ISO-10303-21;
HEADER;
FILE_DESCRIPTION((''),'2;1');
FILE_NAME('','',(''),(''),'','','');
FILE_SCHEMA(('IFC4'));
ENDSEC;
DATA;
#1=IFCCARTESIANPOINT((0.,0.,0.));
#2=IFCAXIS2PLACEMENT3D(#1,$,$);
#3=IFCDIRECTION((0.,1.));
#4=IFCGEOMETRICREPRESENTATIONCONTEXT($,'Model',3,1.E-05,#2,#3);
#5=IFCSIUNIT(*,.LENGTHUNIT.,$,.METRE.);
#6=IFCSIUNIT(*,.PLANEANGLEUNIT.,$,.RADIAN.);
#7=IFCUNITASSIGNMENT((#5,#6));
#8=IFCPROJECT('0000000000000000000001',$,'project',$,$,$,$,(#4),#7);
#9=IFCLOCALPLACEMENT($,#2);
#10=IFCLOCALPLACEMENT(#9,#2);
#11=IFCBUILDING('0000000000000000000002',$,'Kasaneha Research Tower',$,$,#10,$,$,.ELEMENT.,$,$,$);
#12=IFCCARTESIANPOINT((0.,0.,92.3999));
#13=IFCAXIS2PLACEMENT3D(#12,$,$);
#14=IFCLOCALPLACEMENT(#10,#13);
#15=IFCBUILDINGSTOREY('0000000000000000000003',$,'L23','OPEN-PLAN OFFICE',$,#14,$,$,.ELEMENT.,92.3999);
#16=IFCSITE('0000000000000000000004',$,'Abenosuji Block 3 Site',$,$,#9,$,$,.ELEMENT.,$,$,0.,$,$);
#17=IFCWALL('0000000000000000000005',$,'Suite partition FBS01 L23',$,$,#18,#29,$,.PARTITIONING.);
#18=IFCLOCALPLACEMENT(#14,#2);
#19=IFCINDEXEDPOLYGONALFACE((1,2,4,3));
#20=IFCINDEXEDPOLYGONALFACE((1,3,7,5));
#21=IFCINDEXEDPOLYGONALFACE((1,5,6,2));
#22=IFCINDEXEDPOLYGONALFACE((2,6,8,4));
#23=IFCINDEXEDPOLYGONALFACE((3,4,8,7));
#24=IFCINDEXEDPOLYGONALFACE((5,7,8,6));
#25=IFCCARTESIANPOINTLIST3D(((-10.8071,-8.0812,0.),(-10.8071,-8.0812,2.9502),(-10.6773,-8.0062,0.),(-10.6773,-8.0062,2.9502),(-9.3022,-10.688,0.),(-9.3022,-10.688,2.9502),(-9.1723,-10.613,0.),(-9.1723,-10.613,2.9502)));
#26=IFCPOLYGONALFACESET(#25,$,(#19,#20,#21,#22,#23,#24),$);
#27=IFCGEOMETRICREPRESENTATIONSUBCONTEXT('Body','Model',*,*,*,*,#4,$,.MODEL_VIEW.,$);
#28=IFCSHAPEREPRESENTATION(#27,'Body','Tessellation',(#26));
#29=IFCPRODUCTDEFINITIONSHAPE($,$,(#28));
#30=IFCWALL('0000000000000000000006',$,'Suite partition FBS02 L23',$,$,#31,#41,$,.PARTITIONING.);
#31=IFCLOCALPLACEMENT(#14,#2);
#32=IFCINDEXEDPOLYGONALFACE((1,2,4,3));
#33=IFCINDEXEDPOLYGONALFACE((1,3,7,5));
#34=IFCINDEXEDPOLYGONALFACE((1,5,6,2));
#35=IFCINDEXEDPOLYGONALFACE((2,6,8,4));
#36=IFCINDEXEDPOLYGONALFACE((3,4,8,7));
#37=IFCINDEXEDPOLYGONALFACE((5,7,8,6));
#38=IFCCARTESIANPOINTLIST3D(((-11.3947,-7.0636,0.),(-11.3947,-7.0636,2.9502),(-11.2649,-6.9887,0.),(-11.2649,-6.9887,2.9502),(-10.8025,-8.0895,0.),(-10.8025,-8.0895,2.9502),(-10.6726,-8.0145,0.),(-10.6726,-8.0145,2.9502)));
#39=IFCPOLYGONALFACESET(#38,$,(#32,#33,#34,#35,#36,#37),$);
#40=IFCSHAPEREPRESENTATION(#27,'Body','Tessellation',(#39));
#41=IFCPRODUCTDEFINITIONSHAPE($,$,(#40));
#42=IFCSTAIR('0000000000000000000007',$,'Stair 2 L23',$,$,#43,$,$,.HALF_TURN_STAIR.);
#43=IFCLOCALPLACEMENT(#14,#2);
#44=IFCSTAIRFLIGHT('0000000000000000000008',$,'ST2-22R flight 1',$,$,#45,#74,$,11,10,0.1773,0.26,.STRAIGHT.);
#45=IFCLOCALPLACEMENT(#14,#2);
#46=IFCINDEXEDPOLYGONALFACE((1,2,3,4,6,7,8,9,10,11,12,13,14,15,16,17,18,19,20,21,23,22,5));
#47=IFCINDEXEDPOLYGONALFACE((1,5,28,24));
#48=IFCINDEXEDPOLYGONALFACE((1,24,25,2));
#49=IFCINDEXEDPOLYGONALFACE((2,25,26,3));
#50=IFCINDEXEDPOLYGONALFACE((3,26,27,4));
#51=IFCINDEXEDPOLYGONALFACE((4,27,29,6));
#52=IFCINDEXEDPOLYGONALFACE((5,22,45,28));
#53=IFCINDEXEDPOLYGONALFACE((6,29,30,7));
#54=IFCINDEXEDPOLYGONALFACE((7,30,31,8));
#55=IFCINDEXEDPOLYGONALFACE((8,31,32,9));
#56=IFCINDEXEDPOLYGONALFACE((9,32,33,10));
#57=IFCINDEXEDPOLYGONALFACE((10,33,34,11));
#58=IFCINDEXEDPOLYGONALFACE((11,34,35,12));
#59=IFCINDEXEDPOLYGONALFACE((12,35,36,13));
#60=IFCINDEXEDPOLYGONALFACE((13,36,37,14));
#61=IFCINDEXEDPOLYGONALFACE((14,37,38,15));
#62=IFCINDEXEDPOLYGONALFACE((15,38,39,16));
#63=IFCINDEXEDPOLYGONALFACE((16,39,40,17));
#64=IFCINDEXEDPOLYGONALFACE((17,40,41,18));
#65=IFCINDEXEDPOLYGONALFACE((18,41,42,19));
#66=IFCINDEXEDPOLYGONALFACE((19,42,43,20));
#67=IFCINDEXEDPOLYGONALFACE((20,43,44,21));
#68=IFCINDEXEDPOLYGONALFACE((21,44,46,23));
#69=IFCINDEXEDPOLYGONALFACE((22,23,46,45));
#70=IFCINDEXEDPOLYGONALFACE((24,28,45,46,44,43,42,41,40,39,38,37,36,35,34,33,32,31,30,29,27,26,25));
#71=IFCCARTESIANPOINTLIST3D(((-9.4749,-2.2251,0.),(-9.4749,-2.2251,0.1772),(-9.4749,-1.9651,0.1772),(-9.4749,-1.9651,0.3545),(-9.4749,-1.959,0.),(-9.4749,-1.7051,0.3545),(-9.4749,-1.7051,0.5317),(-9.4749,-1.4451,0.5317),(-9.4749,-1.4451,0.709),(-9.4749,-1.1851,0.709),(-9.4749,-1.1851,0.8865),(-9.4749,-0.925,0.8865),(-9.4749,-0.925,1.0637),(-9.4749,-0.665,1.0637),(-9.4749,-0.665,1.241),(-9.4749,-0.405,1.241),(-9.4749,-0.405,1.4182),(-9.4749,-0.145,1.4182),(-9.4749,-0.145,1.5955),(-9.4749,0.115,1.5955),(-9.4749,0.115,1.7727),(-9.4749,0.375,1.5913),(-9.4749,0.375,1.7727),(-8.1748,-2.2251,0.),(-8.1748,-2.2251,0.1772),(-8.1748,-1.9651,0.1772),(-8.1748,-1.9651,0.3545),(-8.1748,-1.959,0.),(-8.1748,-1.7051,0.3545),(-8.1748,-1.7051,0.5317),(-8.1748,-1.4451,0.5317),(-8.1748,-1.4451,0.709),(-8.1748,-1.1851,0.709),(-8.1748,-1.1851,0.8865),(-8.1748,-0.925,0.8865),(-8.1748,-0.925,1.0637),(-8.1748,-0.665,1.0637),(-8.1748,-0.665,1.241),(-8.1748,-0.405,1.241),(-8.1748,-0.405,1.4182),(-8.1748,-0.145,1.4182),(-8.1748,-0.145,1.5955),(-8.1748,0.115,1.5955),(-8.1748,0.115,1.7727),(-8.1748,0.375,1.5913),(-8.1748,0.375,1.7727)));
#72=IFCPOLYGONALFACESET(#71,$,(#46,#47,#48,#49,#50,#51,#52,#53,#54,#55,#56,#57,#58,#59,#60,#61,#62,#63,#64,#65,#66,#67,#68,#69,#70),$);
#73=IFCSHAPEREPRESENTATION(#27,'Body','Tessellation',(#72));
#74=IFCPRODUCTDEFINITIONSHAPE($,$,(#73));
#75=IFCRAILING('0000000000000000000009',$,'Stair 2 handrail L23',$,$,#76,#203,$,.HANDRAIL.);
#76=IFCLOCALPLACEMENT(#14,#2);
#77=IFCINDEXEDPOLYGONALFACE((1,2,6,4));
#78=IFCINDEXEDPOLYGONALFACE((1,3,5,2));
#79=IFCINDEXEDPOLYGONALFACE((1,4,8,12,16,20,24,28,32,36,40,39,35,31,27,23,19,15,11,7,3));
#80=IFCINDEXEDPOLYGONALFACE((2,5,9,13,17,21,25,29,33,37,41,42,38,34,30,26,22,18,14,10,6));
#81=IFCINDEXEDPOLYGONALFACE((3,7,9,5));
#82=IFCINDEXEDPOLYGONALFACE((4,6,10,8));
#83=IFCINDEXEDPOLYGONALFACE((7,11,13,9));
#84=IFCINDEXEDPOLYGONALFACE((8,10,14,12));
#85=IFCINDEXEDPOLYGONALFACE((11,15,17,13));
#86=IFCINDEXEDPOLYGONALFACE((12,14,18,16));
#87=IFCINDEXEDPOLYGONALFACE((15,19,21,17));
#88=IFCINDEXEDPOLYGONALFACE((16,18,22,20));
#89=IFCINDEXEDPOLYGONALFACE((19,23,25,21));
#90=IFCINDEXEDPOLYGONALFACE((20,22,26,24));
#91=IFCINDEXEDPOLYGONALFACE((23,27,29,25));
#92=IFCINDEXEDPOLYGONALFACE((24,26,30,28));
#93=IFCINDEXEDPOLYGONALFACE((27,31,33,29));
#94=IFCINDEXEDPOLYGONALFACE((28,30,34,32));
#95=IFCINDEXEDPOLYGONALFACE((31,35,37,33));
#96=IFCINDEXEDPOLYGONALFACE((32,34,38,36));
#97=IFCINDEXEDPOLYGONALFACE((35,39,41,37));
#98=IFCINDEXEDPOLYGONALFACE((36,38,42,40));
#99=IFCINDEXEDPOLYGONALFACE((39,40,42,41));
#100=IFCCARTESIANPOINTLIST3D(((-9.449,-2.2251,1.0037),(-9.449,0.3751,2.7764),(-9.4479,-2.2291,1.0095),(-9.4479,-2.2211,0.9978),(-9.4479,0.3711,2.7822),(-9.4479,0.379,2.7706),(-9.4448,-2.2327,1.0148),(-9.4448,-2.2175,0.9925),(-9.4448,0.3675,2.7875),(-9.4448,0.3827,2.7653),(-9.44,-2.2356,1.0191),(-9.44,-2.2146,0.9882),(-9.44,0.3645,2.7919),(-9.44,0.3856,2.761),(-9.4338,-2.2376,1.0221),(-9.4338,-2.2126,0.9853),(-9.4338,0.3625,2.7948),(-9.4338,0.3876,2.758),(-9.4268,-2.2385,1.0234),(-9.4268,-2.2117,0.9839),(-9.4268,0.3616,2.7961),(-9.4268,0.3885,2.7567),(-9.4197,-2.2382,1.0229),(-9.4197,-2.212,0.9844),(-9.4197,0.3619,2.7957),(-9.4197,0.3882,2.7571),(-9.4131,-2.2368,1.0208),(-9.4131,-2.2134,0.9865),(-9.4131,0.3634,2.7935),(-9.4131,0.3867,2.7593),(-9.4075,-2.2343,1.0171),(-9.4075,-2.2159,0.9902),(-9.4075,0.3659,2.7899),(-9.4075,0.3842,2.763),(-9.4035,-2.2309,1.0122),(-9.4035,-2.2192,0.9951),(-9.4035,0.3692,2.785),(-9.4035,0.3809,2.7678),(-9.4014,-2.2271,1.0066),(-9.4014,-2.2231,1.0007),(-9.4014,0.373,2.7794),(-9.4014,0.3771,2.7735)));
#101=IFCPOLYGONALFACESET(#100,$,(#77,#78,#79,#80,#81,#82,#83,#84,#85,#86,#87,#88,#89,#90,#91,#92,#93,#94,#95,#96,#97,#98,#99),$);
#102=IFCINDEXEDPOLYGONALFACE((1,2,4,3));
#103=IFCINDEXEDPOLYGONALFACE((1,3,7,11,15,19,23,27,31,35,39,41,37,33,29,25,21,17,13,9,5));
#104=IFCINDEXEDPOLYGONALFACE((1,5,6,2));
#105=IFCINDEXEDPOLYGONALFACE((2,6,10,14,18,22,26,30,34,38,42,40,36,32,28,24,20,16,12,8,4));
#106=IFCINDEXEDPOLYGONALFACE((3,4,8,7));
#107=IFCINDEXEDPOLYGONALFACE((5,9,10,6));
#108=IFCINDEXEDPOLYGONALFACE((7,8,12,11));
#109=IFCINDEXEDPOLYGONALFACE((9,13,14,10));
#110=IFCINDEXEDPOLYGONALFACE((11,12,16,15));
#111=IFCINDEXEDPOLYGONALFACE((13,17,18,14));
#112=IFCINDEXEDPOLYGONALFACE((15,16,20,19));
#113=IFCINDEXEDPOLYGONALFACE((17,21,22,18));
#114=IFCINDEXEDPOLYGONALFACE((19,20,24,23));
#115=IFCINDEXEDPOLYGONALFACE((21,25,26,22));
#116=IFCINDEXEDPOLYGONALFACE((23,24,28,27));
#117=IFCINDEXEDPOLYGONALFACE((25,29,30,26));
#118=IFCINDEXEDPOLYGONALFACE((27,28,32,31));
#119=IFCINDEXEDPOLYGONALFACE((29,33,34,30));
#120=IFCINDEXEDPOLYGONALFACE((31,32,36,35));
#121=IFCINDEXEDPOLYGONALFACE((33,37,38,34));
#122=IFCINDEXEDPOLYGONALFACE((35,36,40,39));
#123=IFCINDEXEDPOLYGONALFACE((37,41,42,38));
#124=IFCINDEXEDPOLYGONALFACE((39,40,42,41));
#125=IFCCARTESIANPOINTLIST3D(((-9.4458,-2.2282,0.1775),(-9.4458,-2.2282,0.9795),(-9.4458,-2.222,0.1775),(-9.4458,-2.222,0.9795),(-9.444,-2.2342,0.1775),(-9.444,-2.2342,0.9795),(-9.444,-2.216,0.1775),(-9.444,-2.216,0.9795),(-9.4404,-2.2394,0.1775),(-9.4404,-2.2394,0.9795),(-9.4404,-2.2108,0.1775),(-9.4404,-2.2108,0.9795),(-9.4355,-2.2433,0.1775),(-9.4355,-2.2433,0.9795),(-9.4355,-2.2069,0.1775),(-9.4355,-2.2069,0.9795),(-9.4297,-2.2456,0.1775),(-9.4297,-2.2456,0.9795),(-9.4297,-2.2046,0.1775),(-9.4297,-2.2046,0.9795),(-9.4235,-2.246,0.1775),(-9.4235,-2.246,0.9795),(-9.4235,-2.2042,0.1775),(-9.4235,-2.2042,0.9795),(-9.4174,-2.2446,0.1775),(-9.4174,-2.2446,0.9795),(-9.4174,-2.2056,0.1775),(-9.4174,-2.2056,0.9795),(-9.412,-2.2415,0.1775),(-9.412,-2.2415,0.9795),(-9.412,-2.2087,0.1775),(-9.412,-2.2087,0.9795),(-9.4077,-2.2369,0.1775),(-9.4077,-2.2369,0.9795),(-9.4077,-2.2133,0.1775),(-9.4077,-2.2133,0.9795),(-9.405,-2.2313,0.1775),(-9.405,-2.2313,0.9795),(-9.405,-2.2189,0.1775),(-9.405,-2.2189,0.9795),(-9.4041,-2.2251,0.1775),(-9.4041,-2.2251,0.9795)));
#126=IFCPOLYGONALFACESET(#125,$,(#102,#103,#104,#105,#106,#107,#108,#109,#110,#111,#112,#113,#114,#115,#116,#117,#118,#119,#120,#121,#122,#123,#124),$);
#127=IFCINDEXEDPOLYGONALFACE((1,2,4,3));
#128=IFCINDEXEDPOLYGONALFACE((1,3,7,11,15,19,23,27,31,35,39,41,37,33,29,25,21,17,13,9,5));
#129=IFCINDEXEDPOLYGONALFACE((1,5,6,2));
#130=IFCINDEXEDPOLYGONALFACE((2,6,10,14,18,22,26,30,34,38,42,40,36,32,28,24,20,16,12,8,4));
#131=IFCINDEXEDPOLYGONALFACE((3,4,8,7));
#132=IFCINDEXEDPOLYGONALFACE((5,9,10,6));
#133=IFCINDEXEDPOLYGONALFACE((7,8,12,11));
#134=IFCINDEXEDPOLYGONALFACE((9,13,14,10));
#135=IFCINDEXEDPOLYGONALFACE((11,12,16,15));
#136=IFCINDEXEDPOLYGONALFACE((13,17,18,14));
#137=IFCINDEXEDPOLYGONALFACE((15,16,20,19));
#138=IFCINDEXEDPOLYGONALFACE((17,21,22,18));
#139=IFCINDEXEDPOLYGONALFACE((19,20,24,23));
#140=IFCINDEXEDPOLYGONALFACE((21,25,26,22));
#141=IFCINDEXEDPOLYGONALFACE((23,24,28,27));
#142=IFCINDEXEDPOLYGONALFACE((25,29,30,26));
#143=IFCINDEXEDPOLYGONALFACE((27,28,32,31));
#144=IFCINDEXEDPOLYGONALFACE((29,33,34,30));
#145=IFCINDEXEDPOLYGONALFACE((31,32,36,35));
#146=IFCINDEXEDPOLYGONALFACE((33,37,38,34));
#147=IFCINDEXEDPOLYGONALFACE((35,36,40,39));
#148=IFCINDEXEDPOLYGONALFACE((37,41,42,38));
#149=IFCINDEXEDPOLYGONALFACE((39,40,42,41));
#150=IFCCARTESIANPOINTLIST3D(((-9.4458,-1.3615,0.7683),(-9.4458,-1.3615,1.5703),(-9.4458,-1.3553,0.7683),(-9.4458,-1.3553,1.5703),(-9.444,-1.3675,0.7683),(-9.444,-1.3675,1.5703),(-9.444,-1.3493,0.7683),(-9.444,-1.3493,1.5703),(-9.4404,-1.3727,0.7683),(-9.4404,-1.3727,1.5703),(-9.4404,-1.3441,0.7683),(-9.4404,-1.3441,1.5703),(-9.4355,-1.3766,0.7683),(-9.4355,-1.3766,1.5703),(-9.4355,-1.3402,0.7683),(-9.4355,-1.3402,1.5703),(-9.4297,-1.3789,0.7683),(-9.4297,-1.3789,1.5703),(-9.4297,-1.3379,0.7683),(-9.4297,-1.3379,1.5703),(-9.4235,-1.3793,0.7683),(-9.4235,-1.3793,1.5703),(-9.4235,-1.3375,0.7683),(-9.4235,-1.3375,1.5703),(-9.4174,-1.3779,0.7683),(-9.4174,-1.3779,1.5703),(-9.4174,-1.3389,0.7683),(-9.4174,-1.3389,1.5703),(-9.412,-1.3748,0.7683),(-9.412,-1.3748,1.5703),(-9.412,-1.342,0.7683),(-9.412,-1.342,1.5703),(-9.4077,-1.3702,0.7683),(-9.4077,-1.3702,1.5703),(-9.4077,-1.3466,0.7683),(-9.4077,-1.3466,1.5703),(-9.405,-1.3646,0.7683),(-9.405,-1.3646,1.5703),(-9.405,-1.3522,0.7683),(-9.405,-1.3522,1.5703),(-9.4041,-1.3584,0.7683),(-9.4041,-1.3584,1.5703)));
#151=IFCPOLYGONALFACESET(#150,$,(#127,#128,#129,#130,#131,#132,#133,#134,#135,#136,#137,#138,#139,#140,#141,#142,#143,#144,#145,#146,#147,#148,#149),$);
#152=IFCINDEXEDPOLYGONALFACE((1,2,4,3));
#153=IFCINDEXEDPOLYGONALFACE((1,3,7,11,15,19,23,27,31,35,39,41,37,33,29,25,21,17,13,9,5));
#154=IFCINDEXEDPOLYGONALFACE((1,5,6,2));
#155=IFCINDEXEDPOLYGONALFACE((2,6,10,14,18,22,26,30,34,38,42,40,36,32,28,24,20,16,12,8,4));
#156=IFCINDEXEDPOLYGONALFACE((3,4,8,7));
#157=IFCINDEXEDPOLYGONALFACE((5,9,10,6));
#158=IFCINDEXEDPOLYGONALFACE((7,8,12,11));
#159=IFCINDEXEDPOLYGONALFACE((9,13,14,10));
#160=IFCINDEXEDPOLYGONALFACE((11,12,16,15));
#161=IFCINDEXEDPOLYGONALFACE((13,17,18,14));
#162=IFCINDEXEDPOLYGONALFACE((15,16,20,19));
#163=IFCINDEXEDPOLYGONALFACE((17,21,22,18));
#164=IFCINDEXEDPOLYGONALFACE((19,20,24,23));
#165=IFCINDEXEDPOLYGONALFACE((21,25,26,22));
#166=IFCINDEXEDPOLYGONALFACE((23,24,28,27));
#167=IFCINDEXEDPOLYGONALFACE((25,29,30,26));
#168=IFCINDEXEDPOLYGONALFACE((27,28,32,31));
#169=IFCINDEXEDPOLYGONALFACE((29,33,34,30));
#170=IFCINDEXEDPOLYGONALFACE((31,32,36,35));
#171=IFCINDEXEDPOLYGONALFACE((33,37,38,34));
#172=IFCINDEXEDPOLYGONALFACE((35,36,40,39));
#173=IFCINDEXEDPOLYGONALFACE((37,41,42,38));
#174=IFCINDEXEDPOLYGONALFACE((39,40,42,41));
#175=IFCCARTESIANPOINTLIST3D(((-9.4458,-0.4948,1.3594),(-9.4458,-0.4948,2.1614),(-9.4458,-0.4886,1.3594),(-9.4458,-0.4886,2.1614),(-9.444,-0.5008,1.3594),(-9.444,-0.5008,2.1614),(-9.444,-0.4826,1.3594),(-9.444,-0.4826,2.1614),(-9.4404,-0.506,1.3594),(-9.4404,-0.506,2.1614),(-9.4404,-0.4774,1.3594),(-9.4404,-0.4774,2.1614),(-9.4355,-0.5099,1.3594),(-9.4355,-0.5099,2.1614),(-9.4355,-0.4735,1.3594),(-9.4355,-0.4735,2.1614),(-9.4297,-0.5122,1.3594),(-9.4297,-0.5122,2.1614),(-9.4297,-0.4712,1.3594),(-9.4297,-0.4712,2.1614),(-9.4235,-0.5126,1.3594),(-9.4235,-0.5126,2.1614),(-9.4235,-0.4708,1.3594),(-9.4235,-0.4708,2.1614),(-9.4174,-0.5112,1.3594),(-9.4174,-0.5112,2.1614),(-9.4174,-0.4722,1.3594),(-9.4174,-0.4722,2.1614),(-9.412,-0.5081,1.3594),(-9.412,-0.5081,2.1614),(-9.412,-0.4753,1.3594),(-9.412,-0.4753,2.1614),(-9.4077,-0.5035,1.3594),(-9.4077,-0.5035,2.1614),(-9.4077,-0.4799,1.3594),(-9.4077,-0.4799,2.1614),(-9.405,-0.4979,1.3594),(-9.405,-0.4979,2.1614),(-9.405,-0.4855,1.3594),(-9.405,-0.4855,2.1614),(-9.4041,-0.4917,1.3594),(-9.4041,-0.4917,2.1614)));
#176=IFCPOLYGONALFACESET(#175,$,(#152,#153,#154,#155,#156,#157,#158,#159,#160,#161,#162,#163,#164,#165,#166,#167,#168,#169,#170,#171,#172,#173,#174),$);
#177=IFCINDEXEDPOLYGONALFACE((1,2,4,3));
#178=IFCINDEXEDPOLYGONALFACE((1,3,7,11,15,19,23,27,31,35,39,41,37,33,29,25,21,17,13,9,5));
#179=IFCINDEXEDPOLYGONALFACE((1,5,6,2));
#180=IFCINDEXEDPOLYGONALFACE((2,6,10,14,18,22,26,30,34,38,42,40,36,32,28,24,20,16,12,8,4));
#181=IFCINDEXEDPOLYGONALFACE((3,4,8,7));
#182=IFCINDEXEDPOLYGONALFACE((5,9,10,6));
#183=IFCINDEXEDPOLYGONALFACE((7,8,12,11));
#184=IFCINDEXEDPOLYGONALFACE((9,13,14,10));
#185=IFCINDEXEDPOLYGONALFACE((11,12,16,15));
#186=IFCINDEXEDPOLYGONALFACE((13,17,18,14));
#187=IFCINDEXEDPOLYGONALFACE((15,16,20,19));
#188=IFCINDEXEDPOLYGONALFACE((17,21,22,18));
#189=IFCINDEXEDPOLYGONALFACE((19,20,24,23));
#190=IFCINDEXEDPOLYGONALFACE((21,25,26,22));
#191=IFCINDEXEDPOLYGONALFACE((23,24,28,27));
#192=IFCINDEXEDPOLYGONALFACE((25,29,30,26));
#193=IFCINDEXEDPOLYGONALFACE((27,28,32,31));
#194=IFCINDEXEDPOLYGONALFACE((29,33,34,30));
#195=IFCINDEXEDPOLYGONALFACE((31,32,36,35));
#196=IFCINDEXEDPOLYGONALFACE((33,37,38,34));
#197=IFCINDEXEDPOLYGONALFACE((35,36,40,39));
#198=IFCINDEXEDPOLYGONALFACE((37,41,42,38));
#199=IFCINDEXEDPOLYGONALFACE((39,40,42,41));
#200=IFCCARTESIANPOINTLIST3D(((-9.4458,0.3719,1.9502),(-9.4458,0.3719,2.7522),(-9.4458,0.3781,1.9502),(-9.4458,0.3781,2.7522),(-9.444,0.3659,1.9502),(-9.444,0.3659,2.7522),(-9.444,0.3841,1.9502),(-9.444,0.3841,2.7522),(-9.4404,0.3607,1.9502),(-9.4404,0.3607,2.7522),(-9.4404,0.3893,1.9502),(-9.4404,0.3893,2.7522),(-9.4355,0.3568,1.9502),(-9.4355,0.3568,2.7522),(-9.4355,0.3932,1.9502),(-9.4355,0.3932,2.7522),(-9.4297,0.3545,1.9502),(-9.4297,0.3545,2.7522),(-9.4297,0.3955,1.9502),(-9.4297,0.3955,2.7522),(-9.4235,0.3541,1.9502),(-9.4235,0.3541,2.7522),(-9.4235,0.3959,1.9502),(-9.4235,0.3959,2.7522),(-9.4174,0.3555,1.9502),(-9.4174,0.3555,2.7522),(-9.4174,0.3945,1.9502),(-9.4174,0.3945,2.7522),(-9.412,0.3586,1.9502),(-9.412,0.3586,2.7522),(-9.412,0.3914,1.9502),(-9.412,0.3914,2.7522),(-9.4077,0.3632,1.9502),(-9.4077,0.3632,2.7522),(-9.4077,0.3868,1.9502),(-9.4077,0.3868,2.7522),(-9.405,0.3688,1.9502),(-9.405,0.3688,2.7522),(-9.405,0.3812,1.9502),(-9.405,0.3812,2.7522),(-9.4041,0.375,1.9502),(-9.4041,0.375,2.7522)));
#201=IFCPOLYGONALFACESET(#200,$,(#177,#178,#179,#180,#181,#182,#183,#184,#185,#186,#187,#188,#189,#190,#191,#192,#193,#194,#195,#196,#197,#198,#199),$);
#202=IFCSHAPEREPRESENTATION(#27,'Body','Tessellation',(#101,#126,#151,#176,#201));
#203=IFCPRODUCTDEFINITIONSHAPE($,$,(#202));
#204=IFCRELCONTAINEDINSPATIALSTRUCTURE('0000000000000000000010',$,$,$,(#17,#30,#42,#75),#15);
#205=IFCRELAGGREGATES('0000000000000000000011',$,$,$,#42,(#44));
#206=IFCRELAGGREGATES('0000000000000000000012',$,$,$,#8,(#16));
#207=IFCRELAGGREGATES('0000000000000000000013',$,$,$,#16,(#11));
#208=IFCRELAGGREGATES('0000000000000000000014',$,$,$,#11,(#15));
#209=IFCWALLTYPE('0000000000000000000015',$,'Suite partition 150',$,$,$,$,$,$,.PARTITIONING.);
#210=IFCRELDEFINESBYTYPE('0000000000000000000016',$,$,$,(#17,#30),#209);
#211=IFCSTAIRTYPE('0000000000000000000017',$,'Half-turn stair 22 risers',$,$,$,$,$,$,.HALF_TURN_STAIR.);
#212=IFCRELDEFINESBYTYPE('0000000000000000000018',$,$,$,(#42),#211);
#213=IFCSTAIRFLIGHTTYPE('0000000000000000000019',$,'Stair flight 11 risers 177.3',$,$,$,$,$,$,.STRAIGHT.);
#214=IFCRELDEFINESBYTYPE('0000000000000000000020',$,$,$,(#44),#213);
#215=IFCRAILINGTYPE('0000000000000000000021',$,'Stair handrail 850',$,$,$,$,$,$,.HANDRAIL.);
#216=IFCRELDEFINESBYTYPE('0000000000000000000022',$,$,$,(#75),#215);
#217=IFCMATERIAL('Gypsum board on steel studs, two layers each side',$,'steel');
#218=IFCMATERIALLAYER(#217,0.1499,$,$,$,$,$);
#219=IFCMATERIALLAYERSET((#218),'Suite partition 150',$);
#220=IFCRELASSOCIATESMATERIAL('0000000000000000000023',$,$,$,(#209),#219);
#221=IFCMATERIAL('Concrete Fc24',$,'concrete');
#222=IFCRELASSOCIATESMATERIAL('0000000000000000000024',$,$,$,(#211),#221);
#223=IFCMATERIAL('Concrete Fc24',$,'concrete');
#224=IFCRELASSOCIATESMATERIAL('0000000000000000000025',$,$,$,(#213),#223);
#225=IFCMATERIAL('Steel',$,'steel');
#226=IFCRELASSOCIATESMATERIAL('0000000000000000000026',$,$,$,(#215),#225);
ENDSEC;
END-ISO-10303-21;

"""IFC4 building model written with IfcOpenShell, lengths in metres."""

from ifc_helpers import new_model, si_unit, direction, frame, frame_2d, origin, origin_2d, place, context, subcontext, project, spatial, polyline, rectangle, circle, outline, extrude, material, layer, layer_set, type_object, element, aggregate, save


model = new_model("IFC4")

# Units and contexts
model_context = context("Model", 3, precision=1e-05, world=origin(), true_north=direction((0.0, 1.0)))
body_context = subcontext(model_context, "Body", "Model", "MODEL_VIEW")
ifc_project = project(units=[si_unit("LENGTHUNIT", "METRE"), si_unit("PLANEANGLEUNIT", "RADIAN")], contexts=[model_context])

# Site, building, storey
site_placement = place(None, origin())
site = spatial("IfcSite", under=ifc_project, at=site_placement, Name="Abenosuji Block 3 Site", CompositionType="ELEMENT", RefElevation=0.0)
building_placement = place(site_placement, origin())
building = spatial("IfcBuilding", under=site, at=building_placement, Name="Kasaneha Research Tower", CompositionType="ELEMENT")
storey_placement = place(building_placement, frame((0.0, 0.0, 92.3999)))
storey = spatial("IfcBuildingStorey", under=building, at=storey_placement, Name="L23", Description="OPEN-PLAN OFFICE", CompositionType="ELEMENT", Elevation=92.3999)

# Shared definitions
ifc_material_1 = material(Name="Gypsum board on steel studs, two layers each side", Category="steel")
ifc_layer_1 = layer(ifc_material_1, 0.1499)
ifc_layer_set_1 = layer_set([ifc_layer_1], Name="Suite partition 150")
wall_type_1 = type_object("IfcWallType", Name="Suite partition 150", PredefinedType="PARTITIONING", material=ifc_layer_set_1)

# Walls
wall_1_placement = place(storey_placement, frame((-9.2373, -10.6504, 0.0), z_axis=(0.0, 0.0, 1.0), x_axis=(-0.499978, 0.866038, 0.0)))
element("IfcWall", 1, at=wall_1_placement, inside=storey, type_object=wall_type_1, Name="Suite partition FBS01 L23", PredefinedType="PARTITIONING", context=body_context, shape_type="SweptSolid", body=[
    extrude(rectangle(XDim=3.01, YDim=0.1499, at=frame_2d((1.5049, 0.0))), origin(), (0.0, 0.0, 1.0), 2.9502),
])
wall_2_placement = place(storey_placement, frame((-10.7375, -8.052, 0.0), z_axis=(0.0, 0.0, 1.0), x_axis=(-0.499996, 0.866028, 0.0)))
element("IfcWall", 2, at=wall_2_placement, inside=storey, type_object=wall_type_1, Name="Suite partition FBS02 L23", PredefinedType="PARTITIONING", context=body_context, shape_type="SweptSolid", body=[
    extrude(rectangle(XDim=1.1846, YDim=0.1499, at=frame_2d((0.5923, 0.0))), origin(), (0.0, 0.0, 1.0), 2.9502),
])

# Stair, stair flight
ifc_material_2 = material(Name="Concrete Fc24", Category="concrete")
stair_type = type_object("IfcStairType", Name="Half-turn stair 22 risers", PredefinedType="HALF_TURN_STAIR", material=ifc_material_2)
stair_placement = place(storey_placement, origin())
stair = element("IfcStair", 3, at=stair_placement, inside=storey, type_object=stair_type, Name="Stair 2 L23", PredefinedType="HALF_TURN_STAIR")
ifc_material_3 = material(Name="Concrete Fc24", Category="concrete")
stair_flight_type = type_object("IfcStairFlightType", Name="Stair flight 11 risers 177.3", PredefinedType="STRAIGHT", material=ifc_material_3)
stair_flight_placement = place(storey_placement, frame((-8.825, -2.2251, 0.0), z_axis=(0.0, 0.0, 1.0), x_axis=(0.0, 1.0, 0.0)))
stair_flight = element("IfcStairFlight", 4, at=stair_flight_placement, type_object=stair_flight_type, Name="ST2-22R flight 1", NumberOfRisers=11, NumberOfTreads=10, PredefinedType="STRAIGHT", RiserHeight=0.1773, TreadLength=0.26, context=body_context, shape_type="SweptSolid", body=[
    extrude(outline(polyline([(0.0, 0.0), (0.0, 0.1772), (0.26, 0.1772), (0.26, 0.3545), (0.52, 0.3545), (0.52, 0.5317), (0.78, 0.5317), (0.78, 0.709), (1.04, 0.709), (1.04, 0.8865), (1.3, 0.8865), (1.3, 1.0637), (1.5601, 1.0637), (1.5601, 1.241), (1.8201, 1.241), (1.8201, 1.4182), (2.0801, 1.4182), (2.0801, 1.5955), (2.3401, 1.5955), (2.3401, 1.7727), (2.6001, 1.7727), (2.6001, 1.95), (2.6001, 1.5913), (0.2661, 0.0), (0.0, 0.0)])), frame((0.0, 0.6499, 0.0), z_axis=(0.0, -1.0, 0.0), x_axis=(1.0, 0.0, 0.0)), (0.0, 0.0, 1.0), 1.3),
])
aggregate(stair, [stair_flight])

# Railing
ifc_material_4 = material(Name="Steel", Category="steel")
railing_type = type_object("IfcRailingType", Name="Stair handrail 850", PredefinedType="HANDRAIL", material=ifc_material_4)
railing_placement = place(storey_placement, frame((-9.425, -2.2251, 0.1775)))
element("IfcRailing", 5, at=railing_placement, inside=storey, type_object=railing_type, Name="Stair 2 handrail L23", PredefinedType="HANDRAIL", context=body_context, shape_type="SweptSolid", body=[
    extrude(circle(Radius=0.0239, at=origin_2d()), frame((0.0, 0.0, 0.8262), z_axis=(0.0, 0.82624, 0.563318), x_axis=(-1.0, 0.0, 0.0)), (0.0, 0.0, 1.0), 3.147),
    extrude(circle(Radius=0.021, at=origin_2d()), origin(), (0.0, 0.0, 1.0), 0.802),
    extrude(circle(Radius=0.021, at=origin_2d()), frame((0.0, 0.8667, 0.5908)), (0.0, 0.0, 1.0), 0.802),
    extrude(circle(Radius=0.021, at=origin_2d()), frame((0.0, 1.7334, 1.1819)), (0.0, 0.0, 1.0), 0.802),
    extrude(circle(Radius=0.021, at=origin_2d()), frame((0.0, 2.6001, 1.7727)), (0.0, 0.0, 1.0), 0.802),
])

save(model, "model.ifc")
